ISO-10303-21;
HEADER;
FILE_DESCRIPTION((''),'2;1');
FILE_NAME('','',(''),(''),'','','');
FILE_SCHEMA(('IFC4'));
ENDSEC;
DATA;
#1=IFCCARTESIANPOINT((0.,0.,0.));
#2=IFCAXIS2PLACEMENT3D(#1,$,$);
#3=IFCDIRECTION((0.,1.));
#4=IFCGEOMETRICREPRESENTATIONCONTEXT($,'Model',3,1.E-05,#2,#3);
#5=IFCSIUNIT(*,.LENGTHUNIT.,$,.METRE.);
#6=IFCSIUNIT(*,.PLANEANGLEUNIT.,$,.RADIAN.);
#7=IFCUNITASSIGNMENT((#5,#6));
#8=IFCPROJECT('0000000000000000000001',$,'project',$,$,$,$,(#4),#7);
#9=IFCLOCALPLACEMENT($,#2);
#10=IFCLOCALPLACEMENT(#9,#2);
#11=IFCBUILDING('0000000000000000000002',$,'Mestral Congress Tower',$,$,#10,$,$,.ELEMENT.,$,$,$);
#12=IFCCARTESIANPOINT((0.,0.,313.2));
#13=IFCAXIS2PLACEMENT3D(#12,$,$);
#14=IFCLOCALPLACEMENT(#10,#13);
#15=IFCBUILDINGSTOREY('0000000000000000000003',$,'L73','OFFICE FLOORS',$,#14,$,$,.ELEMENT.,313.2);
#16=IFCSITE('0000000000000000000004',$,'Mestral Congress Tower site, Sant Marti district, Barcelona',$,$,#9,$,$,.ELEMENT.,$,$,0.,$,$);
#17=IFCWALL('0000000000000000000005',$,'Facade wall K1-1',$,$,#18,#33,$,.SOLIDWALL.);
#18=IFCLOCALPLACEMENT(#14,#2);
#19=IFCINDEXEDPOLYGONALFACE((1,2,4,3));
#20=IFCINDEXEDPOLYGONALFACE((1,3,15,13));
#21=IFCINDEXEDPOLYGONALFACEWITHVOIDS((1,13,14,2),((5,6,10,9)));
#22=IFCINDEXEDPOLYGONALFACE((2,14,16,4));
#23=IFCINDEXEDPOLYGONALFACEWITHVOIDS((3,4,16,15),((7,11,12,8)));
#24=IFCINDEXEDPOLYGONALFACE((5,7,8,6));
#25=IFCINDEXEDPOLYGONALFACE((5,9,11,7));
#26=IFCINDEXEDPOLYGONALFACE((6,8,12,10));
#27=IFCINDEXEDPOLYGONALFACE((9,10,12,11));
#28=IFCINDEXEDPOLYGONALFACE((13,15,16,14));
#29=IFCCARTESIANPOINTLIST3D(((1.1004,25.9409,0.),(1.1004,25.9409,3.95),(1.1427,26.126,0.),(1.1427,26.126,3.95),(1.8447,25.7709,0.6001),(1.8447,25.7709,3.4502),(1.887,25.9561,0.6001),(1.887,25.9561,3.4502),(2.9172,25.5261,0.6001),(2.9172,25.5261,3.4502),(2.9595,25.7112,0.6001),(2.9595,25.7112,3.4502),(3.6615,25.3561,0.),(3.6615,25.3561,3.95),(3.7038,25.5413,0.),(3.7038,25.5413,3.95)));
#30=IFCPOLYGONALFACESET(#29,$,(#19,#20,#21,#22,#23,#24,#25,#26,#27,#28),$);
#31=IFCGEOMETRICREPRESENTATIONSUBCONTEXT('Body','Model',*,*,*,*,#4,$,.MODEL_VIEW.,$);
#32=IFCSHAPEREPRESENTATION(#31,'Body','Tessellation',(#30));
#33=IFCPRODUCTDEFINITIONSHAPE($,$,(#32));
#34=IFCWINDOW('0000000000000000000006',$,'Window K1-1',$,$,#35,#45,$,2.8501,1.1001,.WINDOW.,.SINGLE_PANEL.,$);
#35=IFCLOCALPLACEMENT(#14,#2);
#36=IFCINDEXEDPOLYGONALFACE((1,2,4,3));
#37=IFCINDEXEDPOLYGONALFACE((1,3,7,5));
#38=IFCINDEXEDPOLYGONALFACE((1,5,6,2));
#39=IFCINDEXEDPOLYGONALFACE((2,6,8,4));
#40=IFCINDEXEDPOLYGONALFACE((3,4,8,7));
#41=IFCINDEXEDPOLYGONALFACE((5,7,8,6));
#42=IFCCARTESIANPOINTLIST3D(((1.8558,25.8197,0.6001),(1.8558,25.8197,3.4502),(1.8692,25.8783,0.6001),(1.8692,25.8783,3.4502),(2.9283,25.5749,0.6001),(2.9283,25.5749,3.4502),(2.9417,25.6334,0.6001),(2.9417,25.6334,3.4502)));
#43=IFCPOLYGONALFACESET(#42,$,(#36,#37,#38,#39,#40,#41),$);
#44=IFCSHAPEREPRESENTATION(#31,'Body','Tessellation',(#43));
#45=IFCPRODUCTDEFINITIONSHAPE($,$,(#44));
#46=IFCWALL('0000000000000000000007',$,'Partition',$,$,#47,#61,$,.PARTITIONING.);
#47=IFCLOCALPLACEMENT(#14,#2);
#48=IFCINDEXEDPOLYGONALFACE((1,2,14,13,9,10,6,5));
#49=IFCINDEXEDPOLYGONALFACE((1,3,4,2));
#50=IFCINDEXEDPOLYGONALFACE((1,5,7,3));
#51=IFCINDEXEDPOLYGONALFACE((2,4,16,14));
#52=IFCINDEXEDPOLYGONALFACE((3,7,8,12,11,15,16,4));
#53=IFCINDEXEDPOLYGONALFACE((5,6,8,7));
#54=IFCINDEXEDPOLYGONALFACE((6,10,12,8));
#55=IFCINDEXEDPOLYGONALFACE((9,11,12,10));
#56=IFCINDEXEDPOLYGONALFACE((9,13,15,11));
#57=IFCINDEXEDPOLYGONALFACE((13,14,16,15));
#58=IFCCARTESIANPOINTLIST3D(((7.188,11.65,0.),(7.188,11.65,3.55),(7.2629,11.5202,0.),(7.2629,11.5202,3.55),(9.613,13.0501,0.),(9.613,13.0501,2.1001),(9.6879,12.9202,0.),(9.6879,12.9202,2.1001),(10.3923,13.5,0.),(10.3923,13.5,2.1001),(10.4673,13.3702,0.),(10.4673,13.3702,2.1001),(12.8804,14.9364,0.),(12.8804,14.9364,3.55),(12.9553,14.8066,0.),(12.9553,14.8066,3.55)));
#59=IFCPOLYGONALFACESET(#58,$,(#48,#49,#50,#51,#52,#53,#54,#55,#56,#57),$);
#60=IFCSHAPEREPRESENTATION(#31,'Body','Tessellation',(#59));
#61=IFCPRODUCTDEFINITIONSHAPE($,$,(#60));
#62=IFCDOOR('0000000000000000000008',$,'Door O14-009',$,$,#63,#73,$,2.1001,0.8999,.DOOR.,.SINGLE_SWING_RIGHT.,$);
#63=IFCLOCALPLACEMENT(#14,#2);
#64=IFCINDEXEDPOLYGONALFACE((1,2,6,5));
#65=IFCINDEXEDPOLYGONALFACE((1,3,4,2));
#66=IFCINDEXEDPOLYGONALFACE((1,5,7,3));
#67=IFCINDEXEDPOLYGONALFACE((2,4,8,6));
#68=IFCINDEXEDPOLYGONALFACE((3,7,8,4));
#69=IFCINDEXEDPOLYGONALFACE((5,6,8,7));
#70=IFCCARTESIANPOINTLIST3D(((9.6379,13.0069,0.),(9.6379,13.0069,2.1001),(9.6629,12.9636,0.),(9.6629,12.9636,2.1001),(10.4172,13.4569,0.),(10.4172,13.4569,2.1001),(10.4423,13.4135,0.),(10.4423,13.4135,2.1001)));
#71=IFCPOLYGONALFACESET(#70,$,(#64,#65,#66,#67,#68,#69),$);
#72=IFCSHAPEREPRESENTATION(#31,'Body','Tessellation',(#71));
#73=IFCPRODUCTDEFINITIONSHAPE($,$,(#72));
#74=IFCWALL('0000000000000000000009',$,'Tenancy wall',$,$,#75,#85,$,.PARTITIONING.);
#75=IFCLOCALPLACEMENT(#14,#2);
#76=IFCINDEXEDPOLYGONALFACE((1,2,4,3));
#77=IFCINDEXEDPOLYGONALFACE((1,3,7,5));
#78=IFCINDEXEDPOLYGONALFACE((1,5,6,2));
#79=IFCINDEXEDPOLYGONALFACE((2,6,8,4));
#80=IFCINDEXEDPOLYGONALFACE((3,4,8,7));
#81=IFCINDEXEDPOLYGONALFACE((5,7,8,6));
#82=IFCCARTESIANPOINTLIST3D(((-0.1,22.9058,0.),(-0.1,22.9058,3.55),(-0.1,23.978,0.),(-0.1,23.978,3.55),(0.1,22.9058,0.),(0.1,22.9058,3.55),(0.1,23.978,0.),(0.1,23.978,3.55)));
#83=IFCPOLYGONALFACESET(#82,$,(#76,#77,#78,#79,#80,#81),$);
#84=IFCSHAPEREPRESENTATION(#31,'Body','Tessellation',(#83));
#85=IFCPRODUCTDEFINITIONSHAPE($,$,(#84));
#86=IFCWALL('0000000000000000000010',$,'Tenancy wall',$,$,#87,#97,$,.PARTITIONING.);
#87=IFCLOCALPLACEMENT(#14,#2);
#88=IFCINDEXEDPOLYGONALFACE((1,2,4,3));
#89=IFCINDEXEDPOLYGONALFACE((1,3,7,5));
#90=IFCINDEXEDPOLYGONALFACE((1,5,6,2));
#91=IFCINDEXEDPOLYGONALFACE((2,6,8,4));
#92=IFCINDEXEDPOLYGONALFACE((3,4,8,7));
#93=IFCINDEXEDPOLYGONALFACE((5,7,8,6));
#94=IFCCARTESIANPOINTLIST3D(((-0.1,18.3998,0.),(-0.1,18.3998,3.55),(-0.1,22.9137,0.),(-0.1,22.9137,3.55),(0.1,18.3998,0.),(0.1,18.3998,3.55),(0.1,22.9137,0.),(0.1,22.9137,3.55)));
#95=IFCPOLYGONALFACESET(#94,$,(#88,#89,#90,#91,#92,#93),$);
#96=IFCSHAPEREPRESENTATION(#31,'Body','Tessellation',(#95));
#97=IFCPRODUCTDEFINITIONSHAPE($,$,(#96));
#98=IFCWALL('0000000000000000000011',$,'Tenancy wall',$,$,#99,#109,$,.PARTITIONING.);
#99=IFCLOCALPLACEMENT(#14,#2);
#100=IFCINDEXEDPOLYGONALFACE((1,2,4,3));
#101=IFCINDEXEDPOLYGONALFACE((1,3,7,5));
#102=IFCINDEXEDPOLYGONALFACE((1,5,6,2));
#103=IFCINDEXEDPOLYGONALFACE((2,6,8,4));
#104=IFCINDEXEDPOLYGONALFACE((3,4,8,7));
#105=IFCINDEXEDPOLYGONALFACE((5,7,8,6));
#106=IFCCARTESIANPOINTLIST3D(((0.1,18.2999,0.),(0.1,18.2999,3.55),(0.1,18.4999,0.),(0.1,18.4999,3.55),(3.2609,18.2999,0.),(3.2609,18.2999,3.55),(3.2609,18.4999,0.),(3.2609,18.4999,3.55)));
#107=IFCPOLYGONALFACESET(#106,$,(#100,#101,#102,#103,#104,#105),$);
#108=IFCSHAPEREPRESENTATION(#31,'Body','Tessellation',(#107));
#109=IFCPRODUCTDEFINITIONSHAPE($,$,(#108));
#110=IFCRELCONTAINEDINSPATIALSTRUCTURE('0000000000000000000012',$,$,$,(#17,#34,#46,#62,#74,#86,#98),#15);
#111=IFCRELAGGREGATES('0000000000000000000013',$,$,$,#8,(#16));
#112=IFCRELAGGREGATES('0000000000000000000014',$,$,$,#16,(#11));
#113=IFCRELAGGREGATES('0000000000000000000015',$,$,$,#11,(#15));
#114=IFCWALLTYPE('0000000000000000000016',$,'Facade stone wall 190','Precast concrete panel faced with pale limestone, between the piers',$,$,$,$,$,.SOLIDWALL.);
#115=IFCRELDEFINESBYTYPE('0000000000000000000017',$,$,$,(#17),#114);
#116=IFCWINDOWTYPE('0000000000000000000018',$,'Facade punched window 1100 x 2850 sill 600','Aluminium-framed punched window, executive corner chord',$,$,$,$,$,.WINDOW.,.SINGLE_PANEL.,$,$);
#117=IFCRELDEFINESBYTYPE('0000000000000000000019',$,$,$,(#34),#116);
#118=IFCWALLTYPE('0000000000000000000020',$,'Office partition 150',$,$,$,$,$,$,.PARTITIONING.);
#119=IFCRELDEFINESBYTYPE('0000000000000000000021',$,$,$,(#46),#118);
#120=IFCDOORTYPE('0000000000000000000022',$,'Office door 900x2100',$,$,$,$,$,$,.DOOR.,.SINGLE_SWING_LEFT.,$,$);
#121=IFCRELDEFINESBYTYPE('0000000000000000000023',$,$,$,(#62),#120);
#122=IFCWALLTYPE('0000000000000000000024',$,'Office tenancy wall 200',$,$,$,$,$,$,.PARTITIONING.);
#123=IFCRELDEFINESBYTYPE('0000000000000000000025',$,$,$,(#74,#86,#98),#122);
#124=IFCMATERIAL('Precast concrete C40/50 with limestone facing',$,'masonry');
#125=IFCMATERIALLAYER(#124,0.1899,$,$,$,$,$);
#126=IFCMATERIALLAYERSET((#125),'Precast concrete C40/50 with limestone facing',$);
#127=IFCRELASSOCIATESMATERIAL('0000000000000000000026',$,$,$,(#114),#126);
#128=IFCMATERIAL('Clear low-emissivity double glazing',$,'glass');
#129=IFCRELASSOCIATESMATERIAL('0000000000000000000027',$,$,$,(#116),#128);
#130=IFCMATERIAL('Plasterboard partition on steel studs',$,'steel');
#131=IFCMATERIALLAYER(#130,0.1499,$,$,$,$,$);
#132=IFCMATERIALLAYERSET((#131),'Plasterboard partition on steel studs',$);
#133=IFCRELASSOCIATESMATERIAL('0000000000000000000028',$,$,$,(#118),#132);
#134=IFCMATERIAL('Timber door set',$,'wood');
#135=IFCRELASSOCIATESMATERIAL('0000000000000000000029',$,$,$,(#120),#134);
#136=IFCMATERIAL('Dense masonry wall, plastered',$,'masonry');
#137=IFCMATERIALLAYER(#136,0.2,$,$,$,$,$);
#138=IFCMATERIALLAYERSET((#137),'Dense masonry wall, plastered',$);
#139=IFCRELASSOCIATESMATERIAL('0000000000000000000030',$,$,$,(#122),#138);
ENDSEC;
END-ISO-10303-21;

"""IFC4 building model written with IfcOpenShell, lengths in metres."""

from ifc_helpers import new_model, si_unit, direction, frame, frame_2d, origin, place, context, subcontext, project, spatial, rectangle, extrude, material, layer, layer_set, type_object, element, fill, save


model = new_model("IFC4")

# Units and contexts
model_context = context("Model", 3, precision=1e-05, world=origin(), true_north=direction((0.0, 1.0)))
body_context = subcontext(model_context, "Body", "Model", "MODEL_VIEW")
ifc_project = project(units=[si_unit("LENGTHUNIT", "METRE"), si_unit("PLANEANGLEUNIT", "RADIAN")], contexts=[model_context])

# Site, building, storey
site_placement = place(None, origin())
site = spatial("IfcSite", under=ifc_project, at=site_placement, Name="Mestral Congress Tower site, Sant Marti district, Barcelona", CompositionType="ELEMENT", RefElevation=0.0)
building_placement = place(site_placement, origin())
building = spatial("IfcBuilding", under=site, at=building_placement, Name="Mestral Congress Tower", CompositionType="ELEMENT")
storey_placement = place(building_placement, frame((0.0, 0.0, 313.2)))
storey = spatial("IfcBuildingStorey", under=building, at=storey_placement, Name="L73", Description="OFFICE FLOORS", CompositionType="ELEMENT", Elevation=313.2)

# Shared definitions
ifc_material_1 = material(Name="Precast concrete C40/50 with limestone facing", Category="masonry")
ifc_layer_1 = layer(ifc_material_1, 0.1899)
ifc_layer_set_1 = layer_set([ifc_layer_1], Name="Precast concrete C40/50 with limestone facing")
wall_type_1 = type_object("IfcWallType", Name="Facade stone wall 190", Description="Precast concrete panel faced with pale limestone, between the piers", PredefinedType="SOLIDWALL", material=ifc_layer_set_1)
ifc_material_2 = material(Name="Clear low-emissivity double glazing", Category="glass")

# Wall, opening, window
window_type_1 = type_object("IfcWindowType", Name="Facade punched window 1100 x 2850 sill 600", Description="Aluminium-framed punched window, executive corner chord", PartitioningType="SINGLE_PANEL", PredefinedType="WINDOW", material=ifc_material_2)
wall_1_placement = place(storey_placement, frame((3.6826, 25.4487, 0.0), z_axis=(0.0, 0.0, 1.0), x_axis=(-0.974913, 0.222585, 0.0)))
wall_1 = element("IfcWall", 1, at=wall_1_placement, inside=storey, type_object=wall_type_1, Name="Facade wall K1-1", PredefinedType="SOLIDWALL", context=body_context, shape_type="SweptSolid", body=[
    extrude(rectangle(XDim=2.627, YDim=0.1899, at=frame_2d((1.3135, 0.0))), origin(), (0.0, 0.0, 1.0), 3.95),
])
opening_1_placement = place(wall_1_placement, frame((0.7634, 0.0, 0.6001)))
opening_1 = element("IfcOpeningElement", 2, at=opening_1_placement, cuts=wall_1, PredefinedType="OPENING", context=body_context, shape_type="SweptSolid", body=[
    extrude(rectangle(XDim=1.1001, YDim=2.8501, at=frame_2d((0.55, 1.425))), frame((0.0, 0.105, 0.0), z_axis=(0.0, -1.0, 0.0), x_axis=(1.0, 0.0, 0.0)), (0.0, 0.0, 1.0), 0.21),
])
window_1_placement = place(opening_1_placement, origin())
window_1 = element("IfcWindow", 3, at=window_1_placement, inside=storey, type_object=window_type_1, Name="Window K1-1", OverallHeight=2.8501, OverallWidth=1.1001, PartitioningType="SINGLE_PANEL", PredefinedType="WINDOW", context=body_context, shape_type="SweptSolid", body=[
    extrude(rectangle(XDim=1.1001, YDim=2.8501, at=frame_2d((0.55, 1.425))), frame((0.0, 0.0449, 0.0), z_axis=(0.0, -1.0, 0.0), x_axis=(1.0, 0.0, 0.0)), (0.0, 0.0, 1.0), 0.0601),
])
fill(opening_1, window_1)

# Wall, opening, door
ifc_material_3 = material(Name="Plasterboard partition on steel studs", Category="steel")
ifc_layer_2 = layer(ifc_material_3, 0.1499)
ifc_layer_set_2 = layer_set([ifc_layer_2], Name="Plasterboard partition on steel studs")
wall_type_2 = type_object("IfcWallType", Name="Office partition 150", PredefinedType="PARTITIONING", material=ifc_layer_set_2)
wall_2_placement = place(storey_placement, frame((12.918, 14.8716, 0.0), z_axis=(0.0, 0.0, 1.0), x_axis=(-0.866033, -0.499986, 0.0)))
wall_2 = element("IfcWall", 4, at=wall_2_placement, inside=storey, type_object=wall_type_2, Name="Partition", PredefinedType="PARTITIONING", context=body_context, shape_type="SweptSolid", body=[
    extrude(rectangle(XDim=6.573, YDim=0.1499, at=frame_2d((3.2866, 0.0))), origin(), (0.0, 0.0, 1.0), 3.55),
])
opening_2_placement = place(wall_2_placement, frame((2.873, 0.0, 0.0)))
opening_2 = element("IfcOpeningElement", 5, at=opening_2_placement, cuts=wall_2, PredefinedType="OPENING", context=body_context, shape_type="SweptSolid", body=[
    extrude(rectangle(XDim=0.8999, YDim=2.1001, at=frame_2d((0.45, 1.05))), frame((0.0, 0.085, 0.0), z_axis=(0.0, -1.0, 0.0), x_axis=(1.0, 0.0, 0.0)), (0.0, 0.0, 1.0), 0.1699),
])
ifc_material_4 = material(Name="Timber door set", Category="wood")
door_type = type_object("IfcDoorType", Name="Office door 900x2100", OperationType="SINGLE_SWING_LEFT", PredefinedType="DOOR", material=ifc_material_4)
door_placement = place(opening_2_placement, origin())
door = element("IfcDoor", 6, at=door_placement, inside=storey, type_object=door_type, Name="Door O14-009", OperationType="SINGLE_SWING_RIGHT", OverallHeight=2.1001, OverallWidth=0.8999, PredefinedType="DOOR", context=body_context, shape_type="SweptSolid", body=[
    extrude(rectangle(XDim=0.8999, YDim=2.1001, at=frame_2d((0.45, 1.05))), frame((0.0, 0.0249, 0.0), z_axis=(0.0, -1.0, 0.0), x_axis=(1.0, 0.0, 0.0)), (0.0, 0.0, 1.0), 0.05),
])
fill(opening_2, door)

# Walls
ifc_material_5 = material(Name="Dense masonry wall, plastered", Category="masonry")
ifc_layer_3 = layer(ifc_material_5, 0.2)
ifc_layer_set_3 = layer_set([ifc_layer_3], Name="Dense masonry wall, plastered")
wall_type_3 = type_object("IfcWallType", Name="Office tenancy wall 200", PredefinedType="PARTITIONING", material=ifc_layer_set_3)
wall_3_placement = place(storey_placement, frame((0.0, 22.9058, 0.0), z_axis=(0.0, 0.0, 1.0), x_axis=(0.0, 1.0, 0.0)))
element("IfcWall", 7, at=wall_3_placement, inside=storey, type_object=wall_type_3, Name="Tenancy wall", PredefinedType="PARTITIONING", context=body_context, shape_type="SweptSolid", body=[
    extrude(rectangle(XDim=1.0723, YDim=0.2, at=frame_2d((0.5361, 0.0))), origin(), (0.0, 0.0, 1.0), 3.55),
])
wall_4_placement = place(storey_placement, frame((0.0, 18.3999, 0.0), z_axis=(0.0, 0.0, 1.0), x_axis=(0.0, 1.0, 0.0)))
element("IfcWall", 8, at=wall_4_placement, inside=storey, type_object=wall_type_3, Name="Tenancy wall", PredefinedType="PARTITIONING", context=body_context, shape_type="SweptSolid", body=[
    extrude(rectangle(XDim=4.5139, YDim=0.2, at=frame_2d((2.2568, 0.0))), origin(), (0.0, 0.0, 1.0), 3.55),
])
wall_5_placement = place(storey_placement, frame((3.261, 18.3999, 0.0), z_axis=(0.0, 0.0, 1.0), x_axis=(-1.0, 0.0, 0.0)))
element("IfcWall", 9, at=wall_5_placement, inside=storey, type_object=wall_type_3, Name="Tenancy wall", PredefinedType="PARTITIONING", context=body_context, shape_type="SweptSolid", body=[
    extrude(rectangle(XDim=3.1609, YDim=0.2, at=frame_2d((1.5806, 0.0))), origin(), (0.0, 0.0, 1.0), 3.55),
])

save(model, "model.ifc")
